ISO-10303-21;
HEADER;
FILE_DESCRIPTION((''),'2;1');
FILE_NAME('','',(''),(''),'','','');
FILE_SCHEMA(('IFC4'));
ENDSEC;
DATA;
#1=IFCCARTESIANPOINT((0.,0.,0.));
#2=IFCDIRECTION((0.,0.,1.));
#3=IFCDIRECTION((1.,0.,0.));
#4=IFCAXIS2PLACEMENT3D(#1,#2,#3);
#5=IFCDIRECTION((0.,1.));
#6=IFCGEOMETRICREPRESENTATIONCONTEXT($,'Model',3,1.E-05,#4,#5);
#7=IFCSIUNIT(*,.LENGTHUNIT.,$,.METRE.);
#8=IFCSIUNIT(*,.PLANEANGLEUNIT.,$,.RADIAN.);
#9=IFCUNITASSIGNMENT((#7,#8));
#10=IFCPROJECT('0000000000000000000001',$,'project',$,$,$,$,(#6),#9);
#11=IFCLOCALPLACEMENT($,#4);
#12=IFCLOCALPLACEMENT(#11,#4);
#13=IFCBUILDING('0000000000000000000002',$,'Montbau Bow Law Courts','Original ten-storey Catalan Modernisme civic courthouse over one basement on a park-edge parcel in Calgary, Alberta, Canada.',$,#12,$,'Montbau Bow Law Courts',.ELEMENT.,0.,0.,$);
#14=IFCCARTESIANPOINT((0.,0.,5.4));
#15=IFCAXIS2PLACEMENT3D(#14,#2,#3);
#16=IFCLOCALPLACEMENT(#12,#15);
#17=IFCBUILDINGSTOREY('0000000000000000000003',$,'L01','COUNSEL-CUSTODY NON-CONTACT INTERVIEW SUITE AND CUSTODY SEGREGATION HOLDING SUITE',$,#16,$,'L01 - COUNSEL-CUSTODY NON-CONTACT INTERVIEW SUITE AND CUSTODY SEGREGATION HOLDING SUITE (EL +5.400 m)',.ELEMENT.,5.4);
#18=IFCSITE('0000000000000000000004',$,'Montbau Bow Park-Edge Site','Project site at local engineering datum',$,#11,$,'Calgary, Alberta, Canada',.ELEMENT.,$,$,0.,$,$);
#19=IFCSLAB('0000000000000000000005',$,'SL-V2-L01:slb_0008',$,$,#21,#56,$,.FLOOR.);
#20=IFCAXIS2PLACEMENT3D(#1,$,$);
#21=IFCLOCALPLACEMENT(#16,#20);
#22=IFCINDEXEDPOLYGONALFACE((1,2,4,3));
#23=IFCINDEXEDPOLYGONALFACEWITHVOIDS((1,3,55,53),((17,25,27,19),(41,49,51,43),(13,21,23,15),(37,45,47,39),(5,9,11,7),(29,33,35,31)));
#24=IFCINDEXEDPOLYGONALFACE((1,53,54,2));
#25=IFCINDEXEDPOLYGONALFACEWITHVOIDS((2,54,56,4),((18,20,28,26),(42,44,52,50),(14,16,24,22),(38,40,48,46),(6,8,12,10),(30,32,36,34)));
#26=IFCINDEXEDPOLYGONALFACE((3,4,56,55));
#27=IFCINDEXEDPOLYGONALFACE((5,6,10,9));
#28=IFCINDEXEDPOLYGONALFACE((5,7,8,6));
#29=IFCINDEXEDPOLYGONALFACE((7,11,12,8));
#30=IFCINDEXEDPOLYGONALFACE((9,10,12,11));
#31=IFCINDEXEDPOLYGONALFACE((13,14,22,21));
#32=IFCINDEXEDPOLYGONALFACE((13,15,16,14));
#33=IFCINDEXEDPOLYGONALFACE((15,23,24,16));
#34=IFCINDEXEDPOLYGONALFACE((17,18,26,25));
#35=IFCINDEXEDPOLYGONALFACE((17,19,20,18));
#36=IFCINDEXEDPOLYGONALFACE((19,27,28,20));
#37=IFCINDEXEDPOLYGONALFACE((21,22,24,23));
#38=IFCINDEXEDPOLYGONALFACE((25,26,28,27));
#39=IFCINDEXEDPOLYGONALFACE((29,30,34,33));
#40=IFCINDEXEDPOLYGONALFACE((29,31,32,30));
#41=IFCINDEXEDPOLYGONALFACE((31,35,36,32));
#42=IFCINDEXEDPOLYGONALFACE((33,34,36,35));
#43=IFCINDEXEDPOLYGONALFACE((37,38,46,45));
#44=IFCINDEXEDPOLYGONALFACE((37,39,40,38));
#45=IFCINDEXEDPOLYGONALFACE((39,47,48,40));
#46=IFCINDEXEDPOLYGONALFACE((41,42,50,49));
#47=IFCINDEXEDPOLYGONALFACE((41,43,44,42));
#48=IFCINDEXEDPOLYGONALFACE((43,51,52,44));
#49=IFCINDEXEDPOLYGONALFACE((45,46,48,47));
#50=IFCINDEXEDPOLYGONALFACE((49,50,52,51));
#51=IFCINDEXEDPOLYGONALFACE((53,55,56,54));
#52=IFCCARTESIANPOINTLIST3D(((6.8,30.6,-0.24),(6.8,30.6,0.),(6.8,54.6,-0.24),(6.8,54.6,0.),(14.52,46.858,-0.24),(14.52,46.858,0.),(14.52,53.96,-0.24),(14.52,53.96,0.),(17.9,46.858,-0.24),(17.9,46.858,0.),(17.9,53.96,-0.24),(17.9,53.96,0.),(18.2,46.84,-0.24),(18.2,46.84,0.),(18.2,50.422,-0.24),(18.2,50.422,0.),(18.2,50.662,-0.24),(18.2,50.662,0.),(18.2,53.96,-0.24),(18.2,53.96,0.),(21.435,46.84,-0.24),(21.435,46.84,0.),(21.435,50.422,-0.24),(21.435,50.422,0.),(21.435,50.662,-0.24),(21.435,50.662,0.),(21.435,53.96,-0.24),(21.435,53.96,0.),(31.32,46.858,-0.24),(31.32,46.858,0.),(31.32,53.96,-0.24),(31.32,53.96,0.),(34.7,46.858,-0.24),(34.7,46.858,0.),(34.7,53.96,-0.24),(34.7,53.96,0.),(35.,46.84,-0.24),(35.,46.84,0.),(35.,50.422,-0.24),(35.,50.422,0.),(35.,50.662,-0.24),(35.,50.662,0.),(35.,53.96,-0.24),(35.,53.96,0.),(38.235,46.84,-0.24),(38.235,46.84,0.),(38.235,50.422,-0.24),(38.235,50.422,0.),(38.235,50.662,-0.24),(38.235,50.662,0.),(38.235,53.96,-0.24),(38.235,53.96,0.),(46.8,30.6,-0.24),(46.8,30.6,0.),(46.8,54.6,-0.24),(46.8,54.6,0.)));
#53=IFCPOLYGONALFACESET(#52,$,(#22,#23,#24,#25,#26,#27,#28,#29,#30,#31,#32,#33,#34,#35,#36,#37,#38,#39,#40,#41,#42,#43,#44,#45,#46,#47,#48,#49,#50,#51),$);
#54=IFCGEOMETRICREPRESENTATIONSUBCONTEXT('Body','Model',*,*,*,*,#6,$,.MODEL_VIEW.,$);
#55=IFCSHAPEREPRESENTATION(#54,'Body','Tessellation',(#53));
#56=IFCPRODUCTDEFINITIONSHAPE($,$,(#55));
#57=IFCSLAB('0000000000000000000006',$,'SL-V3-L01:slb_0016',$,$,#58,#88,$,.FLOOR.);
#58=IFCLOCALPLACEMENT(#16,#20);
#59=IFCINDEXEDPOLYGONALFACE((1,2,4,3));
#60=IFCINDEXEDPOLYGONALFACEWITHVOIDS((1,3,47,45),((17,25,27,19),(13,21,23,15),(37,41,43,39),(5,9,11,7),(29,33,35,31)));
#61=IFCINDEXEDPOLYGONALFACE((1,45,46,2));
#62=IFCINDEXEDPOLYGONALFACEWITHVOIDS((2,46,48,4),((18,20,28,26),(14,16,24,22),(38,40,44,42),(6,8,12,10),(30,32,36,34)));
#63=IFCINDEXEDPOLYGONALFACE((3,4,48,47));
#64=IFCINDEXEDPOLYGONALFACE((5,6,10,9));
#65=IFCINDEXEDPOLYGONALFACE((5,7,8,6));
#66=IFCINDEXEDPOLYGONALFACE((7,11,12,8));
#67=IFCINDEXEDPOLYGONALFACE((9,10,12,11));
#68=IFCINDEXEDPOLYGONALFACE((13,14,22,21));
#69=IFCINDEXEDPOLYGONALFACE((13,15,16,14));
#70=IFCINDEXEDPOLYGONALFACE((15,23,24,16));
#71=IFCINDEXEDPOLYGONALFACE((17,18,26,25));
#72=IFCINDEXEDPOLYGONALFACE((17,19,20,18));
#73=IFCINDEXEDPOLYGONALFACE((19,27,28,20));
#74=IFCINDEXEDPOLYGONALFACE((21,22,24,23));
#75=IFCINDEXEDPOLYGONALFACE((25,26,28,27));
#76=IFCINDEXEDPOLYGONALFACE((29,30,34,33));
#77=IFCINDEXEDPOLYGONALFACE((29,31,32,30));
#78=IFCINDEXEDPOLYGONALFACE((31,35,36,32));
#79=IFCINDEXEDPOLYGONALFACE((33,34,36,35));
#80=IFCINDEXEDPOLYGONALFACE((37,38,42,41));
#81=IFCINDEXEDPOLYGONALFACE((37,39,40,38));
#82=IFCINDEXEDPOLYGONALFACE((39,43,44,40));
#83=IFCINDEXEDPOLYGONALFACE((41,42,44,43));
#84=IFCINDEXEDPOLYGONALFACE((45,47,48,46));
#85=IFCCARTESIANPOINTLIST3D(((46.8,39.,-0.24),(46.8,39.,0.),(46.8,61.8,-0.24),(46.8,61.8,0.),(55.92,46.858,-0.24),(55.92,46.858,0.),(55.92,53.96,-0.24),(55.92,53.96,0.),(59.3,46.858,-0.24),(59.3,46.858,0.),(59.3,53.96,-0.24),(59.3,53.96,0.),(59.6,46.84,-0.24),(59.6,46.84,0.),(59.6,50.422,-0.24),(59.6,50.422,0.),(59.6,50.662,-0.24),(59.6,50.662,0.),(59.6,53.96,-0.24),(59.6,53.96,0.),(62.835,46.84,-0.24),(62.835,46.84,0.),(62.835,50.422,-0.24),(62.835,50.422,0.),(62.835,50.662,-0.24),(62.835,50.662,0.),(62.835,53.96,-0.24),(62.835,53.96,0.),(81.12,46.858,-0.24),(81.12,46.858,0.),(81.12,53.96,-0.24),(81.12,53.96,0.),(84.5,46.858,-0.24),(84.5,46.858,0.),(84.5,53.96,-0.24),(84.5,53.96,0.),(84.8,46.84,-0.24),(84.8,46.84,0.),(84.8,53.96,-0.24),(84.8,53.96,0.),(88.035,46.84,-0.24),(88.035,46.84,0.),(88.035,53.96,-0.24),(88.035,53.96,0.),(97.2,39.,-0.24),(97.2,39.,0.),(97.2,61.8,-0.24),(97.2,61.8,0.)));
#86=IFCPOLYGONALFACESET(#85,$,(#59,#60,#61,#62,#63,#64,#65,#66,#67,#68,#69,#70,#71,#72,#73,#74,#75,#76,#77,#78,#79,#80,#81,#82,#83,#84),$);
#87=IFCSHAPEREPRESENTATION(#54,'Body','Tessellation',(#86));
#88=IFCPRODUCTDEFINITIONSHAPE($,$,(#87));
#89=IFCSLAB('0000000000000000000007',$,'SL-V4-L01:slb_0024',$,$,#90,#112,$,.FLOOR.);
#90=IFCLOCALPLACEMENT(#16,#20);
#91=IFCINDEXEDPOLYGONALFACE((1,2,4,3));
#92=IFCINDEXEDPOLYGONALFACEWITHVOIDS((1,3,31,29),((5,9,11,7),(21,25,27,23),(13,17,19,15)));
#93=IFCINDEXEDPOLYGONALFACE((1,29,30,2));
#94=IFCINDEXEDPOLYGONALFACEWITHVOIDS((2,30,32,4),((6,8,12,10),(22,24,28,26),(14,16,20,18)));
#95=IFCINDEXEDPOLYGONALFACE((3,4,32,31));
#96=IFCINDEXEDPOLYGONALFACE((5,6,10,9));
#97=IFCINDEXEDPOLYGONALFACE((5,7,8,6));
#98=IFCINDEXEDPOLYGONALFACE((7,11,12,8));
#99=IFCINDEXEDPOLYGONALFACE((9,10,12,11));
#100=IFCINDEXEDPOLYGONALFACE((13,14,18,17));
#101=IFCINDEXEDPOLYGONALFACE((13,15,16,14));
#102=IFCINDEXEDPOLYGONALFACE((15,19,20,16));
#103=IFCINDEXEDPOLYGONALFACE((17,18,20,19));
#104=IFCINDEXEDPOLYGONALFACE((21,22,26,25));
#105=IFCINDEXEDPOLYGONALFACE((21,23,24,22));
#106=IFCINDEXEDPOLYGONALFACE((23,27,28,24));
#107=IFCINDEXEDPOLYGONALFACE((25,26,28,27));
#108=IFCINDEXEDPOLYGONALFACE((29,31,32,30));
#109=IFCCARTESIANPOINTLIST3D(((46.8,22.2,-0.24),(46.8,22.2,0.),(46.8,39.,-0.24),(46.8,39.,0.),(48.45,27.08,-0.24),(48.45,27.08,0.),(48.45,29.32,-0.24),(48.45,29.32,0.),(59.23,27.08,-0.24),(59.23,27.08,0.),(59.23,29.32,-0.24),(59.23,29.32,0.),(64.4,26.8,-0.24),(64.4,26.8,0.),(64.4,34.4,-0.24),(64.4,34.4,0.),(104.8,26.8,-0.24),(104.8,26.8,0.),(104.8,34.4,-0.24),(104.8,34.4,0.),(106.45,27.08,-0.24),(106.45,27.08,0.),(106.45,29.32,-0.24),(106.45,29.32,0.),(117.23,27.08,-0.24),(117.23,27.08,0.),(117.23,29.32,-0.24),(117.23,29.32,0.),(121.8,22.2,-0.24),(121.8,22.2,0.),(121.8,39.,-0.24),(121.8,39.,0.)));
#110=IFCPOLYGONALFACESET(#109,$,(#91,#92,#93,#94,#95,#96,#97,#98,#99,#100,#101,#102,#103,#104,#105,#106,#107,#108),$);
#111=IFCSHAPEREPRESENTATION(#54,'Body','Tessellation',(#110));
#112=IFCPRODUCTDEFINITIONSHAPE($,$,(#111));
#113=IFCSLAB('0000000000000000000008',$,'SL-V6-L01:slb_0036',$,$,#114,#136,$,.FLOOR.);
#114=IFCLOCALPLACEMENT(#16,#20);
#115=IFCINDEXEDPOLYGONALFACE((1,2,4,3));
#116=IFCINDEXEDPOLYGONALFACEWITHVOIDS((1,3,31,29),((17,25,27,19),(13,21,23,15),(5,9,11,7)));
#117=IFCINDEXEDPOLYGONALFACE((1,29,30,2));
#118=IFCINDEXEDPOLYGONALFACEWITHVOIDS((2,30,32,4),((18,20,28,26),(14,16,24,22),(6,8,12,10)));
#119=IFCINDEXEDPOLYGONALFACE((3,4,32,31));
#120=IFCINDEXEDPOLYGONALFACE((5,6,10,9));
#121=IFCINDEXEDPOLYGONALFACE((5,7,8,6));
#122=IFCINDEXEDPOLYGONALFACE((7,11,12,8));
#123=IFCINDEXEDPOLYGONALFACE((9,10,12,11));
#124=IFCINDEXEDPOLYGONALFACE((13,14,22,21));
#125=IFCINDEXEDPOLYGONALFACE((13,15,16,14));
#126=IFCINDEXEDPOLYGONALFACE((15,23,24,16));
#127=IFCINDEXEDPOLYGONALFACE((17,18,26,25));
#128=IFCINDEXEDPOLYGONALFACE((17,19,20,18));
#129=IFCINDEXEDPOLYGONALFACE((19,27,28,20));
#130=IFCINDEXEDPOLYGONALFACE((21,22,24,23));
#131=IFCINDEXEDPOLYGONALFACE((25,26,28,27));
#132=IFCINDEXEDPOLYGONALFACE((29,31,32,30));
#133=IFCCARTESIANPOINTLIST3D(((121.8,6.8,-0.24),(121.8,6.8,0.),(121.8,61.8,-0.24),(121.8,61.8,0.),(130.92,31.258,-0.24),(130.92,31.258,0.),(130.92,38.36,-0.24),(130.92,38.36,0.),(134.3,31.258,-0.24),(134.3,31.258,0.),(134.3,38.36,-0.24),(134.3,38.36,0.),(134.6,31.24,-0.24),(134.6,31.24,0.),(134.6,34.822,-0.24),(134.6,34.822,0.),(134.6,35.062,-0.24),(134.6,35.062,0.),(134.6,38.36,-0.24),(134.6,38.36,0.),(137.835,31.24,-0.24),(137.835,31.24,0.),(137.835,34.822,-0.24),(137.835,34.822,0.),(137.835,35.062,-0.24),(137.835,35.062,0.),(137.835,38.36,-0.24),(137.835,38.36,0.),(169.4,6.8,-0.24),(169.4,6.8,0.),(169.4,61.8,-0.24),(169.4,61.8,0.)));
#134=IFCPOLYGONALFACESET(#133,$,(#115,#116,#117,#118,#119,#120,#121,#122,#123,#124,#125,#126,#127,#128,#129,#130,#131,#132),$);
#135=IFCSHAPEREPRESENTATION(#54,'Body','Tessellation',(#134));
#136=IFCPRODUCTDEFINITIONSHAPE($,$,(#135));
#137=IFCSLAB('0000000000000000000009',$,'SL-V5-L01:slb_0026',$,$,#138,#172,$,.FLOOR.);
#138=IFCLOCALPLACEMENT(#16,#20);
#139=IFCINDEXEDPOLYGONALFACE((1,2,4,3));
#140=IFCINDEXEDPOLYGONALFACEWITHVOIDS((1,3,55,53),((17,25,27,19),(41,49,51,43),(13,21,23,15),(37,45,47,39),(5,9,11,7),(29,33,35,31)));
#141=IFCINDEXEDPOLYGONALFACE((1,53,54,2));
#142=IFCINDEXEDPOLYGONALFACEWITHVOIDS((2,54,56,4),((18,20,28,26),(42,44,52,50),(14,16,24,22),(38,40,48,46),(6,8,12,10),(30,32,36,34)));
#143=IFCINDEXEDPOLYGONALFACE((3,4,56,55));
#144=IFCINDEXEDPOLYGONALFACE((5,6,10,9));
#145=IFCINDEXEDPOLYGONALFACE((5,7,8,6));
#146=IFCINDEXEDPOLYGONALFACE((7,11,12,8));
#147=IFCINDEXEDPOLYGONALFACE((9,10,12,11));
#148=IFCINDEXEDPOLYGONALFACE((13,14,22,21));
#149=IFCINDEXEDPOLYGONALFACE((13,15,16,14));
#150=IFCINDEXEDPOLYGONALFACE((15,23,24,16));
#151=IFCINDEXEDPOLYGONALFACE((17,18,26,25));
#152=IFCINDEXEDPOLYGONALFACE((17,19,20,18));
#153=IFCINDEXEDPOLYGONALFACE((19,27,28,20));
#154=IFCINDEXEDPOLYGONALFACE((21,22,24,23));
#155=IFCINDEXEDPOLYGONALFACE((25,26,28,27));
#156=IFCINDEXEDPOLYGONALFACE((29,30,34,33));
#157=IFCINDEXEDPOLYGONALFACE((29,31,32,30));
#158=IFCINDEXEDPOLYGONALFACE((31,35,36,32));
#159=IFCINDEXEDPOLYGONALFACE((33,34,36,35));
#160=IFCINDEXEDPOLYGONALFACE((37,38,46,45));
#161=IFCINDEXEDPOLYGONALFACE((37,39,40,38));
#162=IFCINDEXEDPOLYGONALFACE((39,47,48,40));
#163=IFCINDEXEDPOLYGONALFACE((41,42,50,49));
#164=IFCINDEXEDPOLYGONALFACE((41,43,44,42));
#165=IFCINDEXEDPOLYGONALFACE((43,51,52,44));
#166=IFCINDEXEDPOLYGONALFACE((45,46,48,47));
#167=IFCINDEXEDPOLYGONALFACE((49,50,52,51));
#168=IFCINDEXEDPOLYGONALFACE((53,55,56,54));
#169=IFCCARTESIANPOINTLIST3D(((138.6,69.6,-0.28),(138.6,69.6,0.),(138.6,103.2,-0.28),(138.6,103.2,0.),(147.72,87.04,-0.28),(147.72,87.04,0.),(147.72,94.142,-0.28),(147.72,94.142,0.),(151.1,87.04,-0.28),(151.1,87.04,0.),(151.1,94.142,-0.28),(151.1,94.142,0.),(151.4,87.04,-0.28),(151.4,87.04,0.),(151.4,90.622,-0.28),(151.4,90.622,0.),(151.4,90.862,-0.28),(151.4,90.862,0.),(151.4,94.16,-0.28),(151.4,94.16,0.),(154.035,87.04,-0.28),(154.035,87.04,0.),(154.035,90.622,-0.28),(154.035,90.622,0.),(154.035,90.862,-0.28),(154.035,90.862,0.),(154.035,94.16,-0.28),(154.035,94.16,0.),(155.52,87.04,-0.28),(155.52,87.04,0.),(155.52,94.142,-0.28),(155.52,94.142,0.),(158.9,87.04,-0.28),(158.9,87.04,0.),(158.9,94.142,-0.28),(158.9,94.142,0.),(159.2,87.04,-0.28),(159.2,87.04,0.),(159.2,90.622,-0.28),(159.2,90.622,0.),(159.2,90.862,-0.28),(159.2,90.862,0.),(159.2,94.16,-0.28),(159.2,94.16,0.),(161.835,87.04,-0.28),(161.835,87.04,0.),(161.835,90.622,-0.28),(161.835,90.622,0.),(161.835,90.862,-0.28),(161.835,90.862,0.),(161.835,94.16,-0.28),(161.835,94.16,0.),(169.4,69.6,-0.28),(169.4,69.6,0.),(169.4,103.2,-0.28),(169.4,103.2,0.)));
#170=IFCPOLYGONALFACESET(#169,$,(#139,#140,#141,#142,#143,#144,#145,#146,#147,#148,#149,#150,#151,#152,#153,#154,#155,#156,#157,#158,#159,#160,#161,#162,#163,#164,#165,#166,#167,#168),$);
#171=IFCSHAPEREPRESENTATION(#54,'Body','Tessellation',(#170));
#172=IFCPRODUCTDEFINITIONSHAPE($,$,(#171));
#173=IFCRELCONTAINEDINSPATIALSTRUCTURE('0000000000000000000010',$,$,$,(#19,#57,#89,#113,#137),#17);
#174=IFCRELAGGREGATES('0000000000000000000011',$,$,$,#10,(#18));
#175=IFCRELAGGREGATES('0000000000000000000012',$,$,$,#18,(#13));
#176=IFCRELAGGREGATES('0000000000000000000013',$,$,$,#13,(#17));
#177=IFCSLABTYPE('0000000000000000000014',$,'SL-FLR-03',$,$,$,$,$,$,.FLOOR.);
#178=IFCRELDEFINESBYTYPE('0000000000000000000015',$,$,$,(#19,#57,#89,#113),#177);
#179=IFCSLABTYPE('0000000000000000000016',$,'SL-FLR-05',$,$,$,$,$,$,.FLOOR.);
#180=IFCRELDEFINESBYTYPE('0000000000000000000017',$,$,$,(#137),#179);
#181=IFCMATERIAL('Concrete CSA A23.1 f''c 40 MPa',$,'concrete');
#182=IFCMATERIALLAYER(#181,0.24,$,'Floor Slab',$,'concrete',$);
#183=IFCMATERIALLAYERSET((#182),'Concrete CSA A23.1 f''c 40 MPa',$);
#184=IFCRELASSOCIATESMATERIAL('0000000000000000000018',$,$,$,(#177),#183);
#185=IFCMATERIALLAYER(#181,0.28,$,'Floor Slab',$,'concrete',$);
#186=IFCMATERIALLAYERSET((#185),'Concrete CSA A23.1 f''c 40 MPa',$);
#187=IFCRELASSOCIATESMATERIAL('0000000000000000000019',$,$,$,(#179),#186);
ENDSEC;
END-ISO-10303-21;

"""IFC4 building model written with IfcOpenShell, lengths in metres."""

from ifc_helpers import new_model, si_unit, direction, frame, origin_with_axes, place, context, subcontext, project, spatial, polyline, outline, extrude, material, layer, layer_set, type_object, element, save


model = new_model("IFC4")

# Units and contexts
model_context = context("Model", 3, precision=1e-05, world=origin_with_axes(), true_north=direction((0.0, 1.0)))
body_context = subcontext(model_context, "Body", "Model", "MODEL_VIEW")
ifc_project = project(units=[si_unit("LENGTHUNIT", "METRE"), si_unit("PLANEANGLEUNIT", "RADIAN")], contexts=[model_context])

# Site, building, storey
site_placement = place(None, origin_with_axes())
site = spatial("IfcSite", under=ifc_project, at=site_placement, Name="Montbau Bow Park-Edge Site", Description="Project site at local engineering datum", LongName="Calgary, Alberta, Canada", CompositionType="ELEMENT", RefElevation=0.0)
building_placement = place(site_placement, origin_with_axes())
building = spatial("IfcBuilding", under=site, at=building_placement, Name="Montbau Bow Law Courts", Description="Original ten-storey Catalan Modernisme civic courthouse over one basement on a park-edge parcel in Calgary, Alberta, Canada.", LongName="Montbau Bow Law Courts", CompositionType="ELEMENT", ElevationOfRefHeight=0.0, ElevationOfTerrain=0.0)
storey_placement = place(building_placement, frame((0.0, 0.0, 5.4), z_axis=(0.0, 0.0, 1.0), x_axis=(1.0, 0.0, 0.0)))
storey = spatial("IfcBuildingStorey", under=building, at=storey_placement, Name="L01", Description="COUNSEL-CUSTODY NON-CONTACT INTERVIEW SUITE AND CUSTODY SEGREGATION HOLDING SUITE", LongName="L01 - COUNSEL-CUSTODY NON-CONTACT INTERVIEW SUITE AND CUSTODY SEGREGATION HOLDING SUITE (EL +5.400 m)", CompositionType="ELEMENT", Elevation=5.4)

# Slabs
ifc_material_1 = material(Name="Concrete CSA A23.1 f'c 40 MPa", Category="concrete")
ifc_layer_1 = layer(ifc_material_1, 0.24, Name="Floor Slab", Category="concrete")
ifc_layer_set_1 = layer_set([ifc_layer_1], Name="Concrete CSA A23.1 f'c 40 MPa")
slab_type_1 = type_object("IfcSlabType", Name="SL-FLR-03", PredefinedType="FLOOR", material=ifc_layer_set_1)
slab_1_placement = place(None, frame((0.0, 0.0, 5.16), z_axis=(0.0, 0.0, 1.0), x_axis=(1.0, 0.0, 0.0)))
element("IfcSlab", 1, at=slab_1_placement, inside=storey, type_object=slab_type_1, Name="SL-V2-L01:slb_0008", PredefinedType="FLOOR", context=body_context, shape_type="SweptSolid", body=[
    extrude(outline(polyline([(6.8, 30.6), (46.8, 30.6), (46.8, 54.6), (6.8, 54.6), (6.8, 30.6)]), holes=[polyline([(14.52, 46.858), (17.9, 46.858), (17.9, 53.96), (14.52, 53.96), (14.52, 46.858)]), polyline([(18.2, 46.84), (21.435, 46.84), (21.435, 50.422), (18.2, 50.422), (18.2, 46.84)]), polyline([(18.2, 50.662), (21.435, 50.662), (21.435, 53.96), (18.2, 53.96), (18.2, 50.662)]), polyline([(31.32, 46.858), (34.7, 46.858), (34.7, 53.96), (31.32, 53.96), (31.32, 46.858)]), polyline([(35.0, 46.84), (38.235, 46.84), (38.235, 50.422), (35.0, 50.422), (35.0, 46.84)]), polyline([(35.0, 50.662), (38.235, 50.662), (38.235, 53.96), (35.0, 53.96), (35.0, 50.662)])]), origin_with_axes(), (0.0, 0.0, 1.0), 0.24),
])
slab_2_placement = place(None, frame((0.0, 0.0, 5.16), z_axis=(0.0, 0.0, 1.0), x_axis=(1.0, 0.0, 0.0)))
element("IfcSlab", 2, at=slab_2_placement, inside=storey, type_object=slab_type_1, Name="SL-V3-L01:slb_0016", PredefinedType="FLOOR", context=body_context, shape_type="SweptSolid", body=[
    extrude(outline(polyline([(46.8, 39.0), (97.2, 39.0), (97.2, 61.8), (46.8, 61.8), (46.8, 39.0)]), holes=[polyline([(55.92, 46.858), (59.3, 46.858), (59.3, 53.96), (55.92, 53.96), (55.92, 46.858)]), polyline([(59.6, 46.84), (62.835, 46.84), (62.835, 50.422), (59.6, 50.422), (59.6, 46.84)]), polyline([(59.6, 50.662), (62.835, 50.662), (62.835, 53.96), (59.6, 53.96), (59.6, 50.662)]), polyline([(81.12, 46.858), (84.5, 46.858), (84.5, 53.96), (81.12, 53.96), (81.12, 46.858)]), polyline([(84.8, 46.84), (88.035, 46.84), (88.035, 53.96), (84.8, 53.96), (84.8, 46.84)])]), origin_with_axes(), (0.0, 0.0, 1.0), 0.24),
])
slab_3_placement = place(None, frame((0.0, 0.0, 5.16), z_axis=(0.0, 0.0, 1.0), x_axis=(1.0, 0.0, 0.0)))
element("IfcSlab", 3, at=slab_3_placement, inside=storey, type_object=slab_type_1, Name="SL-V4-L01:slb_0024", PredefinedType="FLOOR", context=body_context, shape_type="SweptSolid", body=[
    extrude(outline(polyline([(46.8, 22.2), (121.8, 22.2), (121.8, 39.0), (46.8, 39.0), (46.8, 22.2)]), holes=[polyline([(64.4, 26.8), (104.8, 26.8), (104.8, 34.4), (64.4, 34.4), (64.4, 26.8)]), polyline([(48.45, 27.08), (59.23, 27.08), (59.23, 29.32), (48.45, 29.32), (48.45, 27.08)]), polyline([(106.45, 27.08), (117.23, 27.08), (117.23, 29.32), (106.45, 29.32), (106.45, 27.08)])]), origin_with_axes(), (0.0, 0.0, 1.0), 0.24),
])
slab_4_placement = place(None, frame((0.0, 0.0, 5.16), z_axis=(0.0, 0.0, 1.0), x_axis=(1.0, 0.0, 0.0)))
element("IfcSlab", 4, at=slab_4_placement, inside=storey, type_object=slab_type_1, Name="SL-V6-L01:slb_0036", PredefinedType="FLOOR", context=body_context, shape_type="SweptSolid", body=[
    extrude(outline(polyline([(121.8, 6.8), (169.4, 6.8), (169.4, 61.8), (121.8, 61.8), (121.8, 6.8)]), holes=[polyline([(130.92, 31.258), (134.3, 31.258), (134.3, 38.36), (130.92, 38.36), (130.92, 31.258)]), polyline([(134.6, 31.24), (137.835, 31.24), (137.835, 34.822), (134.6, 34.822), (134.6, 31.24)]), polyline([(134.6, 35.062), (137.835, 35.062), (137.835, 38.36), (134.6, 38.36), (134.6, 35.062)])]), origin_with_axes(), (0.0, 0.0, 1.0), 0.24),
])
ifc_layer_2 = layer(ifc_material_1, 0.28, Name="Floor Slab", Category="concrete")
ifc_layer_set_2 = layer_set([ifc_layer_2], Name="Concrete CSA A23.1 f'c 40 MPa")
slab_type_2 = type_object("IfcSlabType", Name="SL-FLR-05", PredefinedType="FLOOR", material=ifc_layer_set_2)
slab_5_placement = place(None, frame((0.0, 0.0, 5.12), z_axis=(0.0, 0.0, 1.0), x_axis=(1.0, 0.0, 0.0)))
element("IfcSlab", 5, at=slab_5_placement, inside=storey, type_object=slab_type_2, Name="SL-V5-L01:slb_0026", PredefinedType="FLOOR", context=body_context, shape_type="SweptSolid", body=[
    extrude(outline(polyline([(138.6, 69.6), (169.4, 69.6), (169.4, 103.2), (138.6, 103.2), (138.6, 69.6)]), holes=[polyline([(147.72, 87.04), (151.1, 87.04), (151.1, 94.142), (147.72, 94.142), (147.72, 87.04)]), polyline([(151.4, 87.04), (154.035, 87.04), (154.035, 90.622), (151.4, 90.622), (151.4, 87.04)]), polyline([(151.4, 90.862), (154.035, 90.862), (154.035, 94.16), (151.4, 94.16), (151.4, 90.862)]), polyline([(155.52, 87.04), (158.9, 87.04), (158.9, 94.142), (155.52, 94.142), (155.52, 87.04)]), polyline([(159.2, 87.04), (161.835, 87.04), (161.835, 90.622), (159.2, 90.622), (159.2, 87.04)]), polyline([(159.2, 90.862), (161.835, 90.862), (161.835, 94.16), (159.2, 94.16), (159.2, 90.862)])]), origin_with_axes(), (0.0, 0.0, 1.0), 0.28),
])

save(model, "model.ifc")
